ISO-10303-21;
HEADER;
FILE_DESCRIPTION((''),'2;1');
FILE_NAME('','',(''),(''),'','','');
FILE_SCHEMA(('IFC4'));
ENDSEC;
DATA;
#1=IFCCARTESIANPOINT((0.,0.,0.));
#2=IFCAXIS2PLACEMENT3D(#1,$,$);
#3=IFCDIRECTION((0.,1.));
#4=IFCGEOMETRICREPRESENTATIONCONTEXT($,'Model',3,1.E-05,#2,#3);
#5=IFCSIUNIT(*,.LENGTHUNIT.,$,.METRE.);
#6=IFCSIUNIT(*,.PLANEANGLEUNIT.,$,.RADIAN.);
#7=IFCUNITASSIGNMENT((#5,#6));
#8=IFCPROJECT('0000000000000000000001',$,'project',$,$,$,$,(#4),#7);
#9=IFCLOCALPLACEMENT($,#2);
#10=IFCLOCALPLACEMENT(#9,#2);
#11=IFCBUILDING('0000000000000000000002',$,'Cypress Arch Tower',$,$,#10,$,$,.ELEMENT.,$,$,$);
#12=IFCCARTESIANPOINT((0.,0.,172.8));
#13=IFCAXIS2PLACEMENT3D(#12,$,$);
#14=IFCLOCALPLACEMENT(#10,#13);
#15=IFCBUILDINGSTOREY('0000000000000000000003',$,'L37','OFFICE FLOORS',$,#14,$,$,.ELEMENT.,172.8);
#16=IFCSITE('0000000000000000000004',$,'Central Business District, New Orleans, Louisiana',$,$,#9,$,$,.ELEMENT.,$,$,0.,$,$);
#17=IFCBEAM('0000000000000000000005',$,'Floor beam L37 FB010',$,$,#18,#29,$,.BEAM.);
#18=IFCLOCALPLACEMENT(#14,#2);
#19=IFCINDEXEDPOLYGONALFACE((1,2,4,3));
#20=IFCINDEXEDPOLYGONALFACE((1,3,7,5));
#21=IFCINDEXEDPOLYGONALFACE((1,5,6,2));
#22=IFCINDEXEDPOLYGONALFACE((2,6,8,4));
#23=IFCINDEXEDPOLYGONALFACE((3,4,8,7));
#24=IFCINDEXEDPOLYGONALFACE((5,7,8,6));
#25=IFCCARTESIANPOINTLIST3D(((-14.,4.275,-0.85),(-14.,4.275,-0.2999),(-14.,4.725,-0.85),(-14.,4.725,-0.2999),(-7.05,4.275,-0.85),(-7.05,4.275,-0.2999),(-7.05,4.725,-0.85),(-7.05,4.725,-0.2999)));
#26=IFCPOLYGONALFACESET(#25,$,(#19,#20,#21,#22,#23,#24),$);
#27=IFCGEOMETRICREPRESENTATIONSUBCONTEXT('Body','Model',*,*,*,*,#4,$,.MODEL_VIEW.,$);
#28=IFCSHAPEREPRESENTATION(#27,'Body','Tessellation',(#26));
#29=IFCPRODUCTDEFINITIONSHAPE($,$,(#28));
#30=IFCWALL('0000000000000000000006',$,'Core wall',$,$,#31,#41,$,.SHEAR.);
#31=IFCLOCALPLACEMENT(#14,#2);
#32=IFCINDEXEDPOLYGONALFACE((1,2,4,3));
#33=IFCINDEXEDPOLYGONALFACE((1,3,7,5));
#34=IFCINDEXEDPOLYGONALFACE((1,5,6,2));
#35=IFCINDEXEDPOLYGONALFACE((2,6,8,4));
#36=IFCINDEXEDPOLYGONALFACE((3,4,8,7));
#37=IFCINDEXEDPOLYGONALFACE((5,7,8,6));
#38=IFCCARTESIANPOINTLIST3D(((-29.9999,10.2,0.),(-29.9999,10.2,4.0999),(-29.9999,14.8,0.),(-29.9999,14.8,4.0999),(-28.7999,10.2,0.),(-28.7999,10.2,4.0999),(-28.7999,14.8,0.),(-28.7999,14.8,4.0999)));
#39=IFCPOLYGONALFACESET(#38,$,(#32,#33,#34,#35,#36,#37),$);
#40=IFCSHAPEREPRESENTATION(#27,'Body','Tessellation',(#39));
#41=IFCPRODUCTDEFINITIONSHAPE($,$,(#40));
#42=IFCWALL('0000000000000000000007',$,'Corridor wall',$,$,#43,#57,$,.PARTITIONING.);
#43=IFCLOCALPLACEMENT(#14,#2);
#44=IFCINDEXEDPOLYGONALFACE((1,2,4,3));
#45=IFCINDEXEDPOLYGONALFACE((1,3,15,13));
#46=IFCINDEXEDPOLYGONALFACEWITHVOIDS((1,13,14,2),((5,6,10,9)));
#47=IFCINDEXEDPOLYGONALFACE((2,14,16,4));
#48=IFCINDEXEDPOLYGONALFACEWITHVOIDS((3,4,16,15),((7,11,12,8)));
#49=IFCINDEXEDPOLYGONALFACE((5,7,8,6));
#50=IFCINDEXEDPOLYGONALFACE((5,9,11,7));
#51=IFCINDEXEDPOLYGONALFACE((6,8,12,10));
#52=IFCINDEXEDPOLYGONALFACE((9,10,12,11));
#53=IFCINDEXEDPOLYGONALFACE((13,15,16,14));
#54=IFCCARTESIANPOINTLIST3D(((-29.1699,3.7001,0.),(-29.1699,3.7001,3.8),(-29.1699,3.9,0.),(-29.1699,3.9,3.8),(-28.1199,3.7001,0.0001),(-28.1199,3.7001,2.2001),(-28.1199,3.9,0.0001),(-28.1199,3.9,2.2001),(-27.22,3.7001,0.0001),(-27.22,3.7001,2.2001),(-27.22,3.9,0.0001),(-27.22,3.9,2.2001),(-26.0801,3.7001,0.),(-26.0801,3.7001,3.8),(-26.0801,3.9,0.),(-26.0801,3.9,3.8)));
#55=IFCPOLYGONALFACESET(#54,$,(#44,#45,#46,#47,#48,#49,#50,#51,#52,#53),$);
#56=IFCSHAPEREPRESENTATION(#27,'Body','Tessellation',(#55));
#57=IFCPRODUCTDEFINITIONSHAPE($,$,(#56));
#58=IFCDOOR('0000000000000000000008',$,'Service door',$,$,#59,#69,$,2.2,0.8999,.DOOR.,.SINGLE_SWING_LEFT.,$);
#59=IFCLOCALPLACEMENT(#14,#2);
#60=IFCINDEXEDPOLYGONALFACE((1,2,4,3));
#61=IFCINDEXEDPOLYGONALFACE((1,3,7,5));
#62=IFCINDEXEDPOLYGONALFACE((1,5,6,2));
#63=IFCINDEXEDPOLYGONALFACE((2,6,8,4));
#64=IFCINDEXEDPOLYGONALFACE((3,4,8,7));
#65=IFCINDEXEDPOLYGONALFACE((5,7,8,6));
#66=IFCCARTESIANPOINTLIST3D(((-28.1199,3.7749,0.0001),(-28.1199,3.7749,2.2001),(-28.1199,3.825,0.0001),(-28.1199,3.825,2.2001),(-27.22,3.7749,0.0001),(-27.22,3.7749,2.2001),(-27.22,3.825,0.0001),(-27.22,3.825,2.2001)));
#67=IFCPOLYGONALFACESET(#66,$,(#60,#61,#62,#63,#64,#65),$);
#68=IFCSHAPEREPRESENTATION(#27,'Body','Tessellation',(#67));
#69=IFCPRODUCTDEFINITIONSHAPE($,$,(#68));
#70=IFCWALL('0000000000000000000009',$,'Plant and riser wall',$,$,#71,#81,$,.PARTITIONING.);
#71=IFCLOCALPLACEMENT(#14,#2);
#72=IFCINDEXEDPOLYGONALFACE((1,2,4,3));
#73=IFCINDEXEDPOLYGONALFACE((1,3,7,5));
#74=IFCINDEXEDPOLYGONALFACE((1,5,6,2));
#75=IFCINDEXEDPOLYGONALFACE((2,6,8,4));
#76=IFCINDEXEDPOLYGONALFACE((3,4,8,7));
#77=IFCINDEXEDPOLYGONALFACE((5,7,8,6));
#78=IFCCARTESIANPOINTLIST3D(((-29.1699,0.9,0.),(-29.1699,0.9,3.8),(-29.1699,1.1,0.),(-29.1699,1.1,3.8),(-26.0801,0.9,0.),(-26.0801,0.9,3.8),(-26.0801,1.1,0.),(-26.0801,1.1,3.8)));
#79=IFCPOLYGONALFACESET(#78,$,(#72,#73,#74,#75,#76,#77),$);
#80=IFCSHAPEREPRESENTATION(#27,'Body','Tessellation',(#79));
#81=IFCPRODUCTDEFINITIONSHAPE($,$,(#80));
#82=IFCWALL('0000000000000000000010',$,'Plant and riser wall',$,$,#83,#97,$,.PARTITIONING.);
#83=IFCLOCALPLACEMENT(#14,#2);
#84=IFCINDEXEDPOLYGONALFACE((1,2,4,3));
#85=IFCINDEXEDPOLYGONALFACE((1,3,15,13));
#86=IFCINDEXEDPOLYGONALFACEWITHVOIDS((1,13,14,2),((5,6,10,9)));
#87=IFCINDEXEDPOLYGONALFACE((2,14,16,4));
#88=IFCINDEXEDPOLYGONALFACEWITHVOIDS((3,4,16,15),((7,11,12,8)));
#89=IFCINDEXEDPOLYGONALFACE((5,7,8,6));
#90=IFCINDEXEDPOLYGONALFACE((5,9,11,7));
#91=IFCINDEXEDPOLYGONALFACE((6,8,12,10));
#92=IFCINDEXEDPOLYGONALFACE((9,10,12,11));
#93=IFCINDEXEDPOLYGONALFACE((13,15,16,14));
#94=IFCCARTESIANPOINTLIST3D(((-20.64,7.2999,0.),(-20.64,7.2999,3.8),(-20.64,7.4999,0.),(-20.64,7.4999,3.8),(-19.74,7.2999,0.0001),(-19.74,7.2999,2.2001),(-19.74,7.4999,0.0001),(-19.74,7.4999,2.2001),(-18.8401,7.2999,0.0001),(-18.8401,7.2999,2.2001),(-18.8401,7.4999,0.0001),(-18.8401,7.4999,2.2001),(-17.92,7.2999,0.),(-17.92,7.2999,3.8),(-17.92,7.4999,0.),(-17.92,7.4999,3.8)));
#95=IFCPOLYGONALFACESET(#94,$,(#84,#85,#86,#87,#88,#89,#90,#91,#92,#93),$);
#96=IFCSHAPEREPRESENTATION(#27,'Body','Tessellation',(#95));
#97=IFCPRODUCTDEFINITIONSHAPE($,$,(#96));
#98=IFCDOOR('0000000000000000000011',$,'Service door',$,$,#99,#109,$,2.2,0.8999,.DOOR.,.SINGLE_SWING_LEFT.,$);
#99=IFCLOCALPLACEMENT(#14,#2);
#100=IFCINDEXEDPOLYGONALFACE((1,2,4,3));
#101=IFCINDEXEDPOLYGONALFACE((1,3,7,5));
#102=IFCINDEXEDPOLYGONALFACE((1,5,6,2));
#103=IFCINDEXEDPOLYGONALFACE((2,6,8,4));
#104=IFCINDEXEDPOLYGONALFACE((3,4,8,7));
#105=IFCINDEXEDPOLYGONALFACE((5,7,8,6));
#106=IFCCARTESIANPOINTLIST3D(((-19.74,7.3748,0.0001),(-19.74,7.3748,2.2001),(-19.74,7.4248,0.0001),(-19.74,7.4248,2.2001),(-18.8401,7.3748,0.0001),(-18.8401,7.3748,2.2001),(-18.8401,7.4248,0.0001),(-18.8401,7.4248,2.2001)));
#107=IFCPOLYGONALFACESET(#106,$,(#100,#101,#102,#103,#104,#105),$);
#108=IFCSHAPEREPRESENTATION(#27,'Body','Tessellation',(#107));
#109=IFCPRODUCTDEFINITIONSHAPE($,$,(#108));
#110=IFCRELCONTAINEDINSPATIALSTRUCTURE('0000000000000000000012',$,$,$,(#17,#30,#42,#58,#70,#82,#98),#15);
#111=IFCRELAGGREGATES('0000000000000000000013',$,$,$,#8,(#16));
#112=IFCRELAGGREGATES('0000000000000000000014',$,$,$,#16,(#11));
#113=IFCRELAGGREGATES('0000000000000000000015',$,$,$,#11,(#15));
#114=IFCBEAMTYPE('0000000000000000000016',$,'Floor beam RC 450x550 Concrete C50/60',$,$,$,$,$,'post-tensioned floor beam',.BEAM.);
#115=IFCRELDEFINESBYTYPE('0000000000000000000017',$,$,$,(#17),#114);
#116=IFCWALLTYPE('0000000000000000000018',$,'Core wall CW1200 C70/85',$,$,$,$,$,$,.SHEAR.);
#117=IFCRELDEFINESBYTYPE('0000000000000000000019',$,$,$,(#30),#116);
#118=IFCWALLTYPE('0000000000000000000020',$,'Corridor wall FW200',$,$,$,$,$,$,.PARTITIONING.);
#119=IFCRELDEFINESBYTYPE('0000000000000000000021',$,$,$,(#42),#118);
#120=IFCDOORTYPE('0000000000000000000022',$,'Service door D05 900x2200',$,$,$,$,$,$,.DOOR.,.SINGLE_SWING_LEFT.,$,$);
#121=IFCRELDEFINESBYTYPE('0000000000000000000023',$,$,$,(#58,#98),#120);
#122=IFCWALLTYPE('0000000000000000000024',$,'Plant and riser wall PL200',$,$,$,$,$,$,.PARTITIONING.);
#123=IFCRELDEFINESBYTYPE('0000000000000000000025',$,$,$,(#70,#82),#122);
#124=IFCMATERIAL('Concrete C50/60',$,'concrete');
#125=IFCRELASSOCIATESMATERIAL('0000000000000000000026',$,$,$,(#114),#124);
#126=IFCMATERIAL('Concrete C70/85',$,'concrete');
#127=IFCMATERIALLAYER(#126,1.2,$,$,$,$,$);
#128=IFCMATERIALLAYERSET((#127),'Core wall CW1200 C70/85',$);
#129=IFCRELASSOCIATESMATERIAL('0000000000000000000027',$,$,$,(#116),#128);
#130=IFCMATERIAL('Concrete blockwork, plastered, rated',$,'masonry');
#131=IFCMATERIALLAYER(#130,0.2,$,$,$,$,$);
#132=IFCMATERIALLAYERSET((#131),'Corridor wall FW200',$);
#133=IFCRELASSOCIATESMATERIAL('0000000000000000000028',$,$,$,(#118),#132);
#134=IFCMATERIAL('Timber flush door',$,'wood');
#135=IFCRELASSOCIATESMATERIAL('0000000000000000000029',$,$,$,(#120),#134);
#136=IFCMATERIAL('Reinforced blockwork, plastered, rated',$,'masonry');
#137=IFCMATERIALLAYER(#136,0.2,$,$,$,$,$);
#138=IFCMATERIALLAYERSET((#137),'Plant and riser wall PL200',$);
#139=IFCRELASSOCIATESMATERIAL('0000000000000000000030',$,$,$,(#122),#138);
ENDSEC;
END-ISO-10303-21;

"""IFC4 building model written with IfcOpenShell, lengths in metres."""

from ifc_helpers import new_model, si_unit, direction, frame, frame_2d, origin, origin_2d, place, context, subcontext, project, spatial, rectangle, extrude, material, layer, layer_set, material_profile, profile_set, type_object, element, fill, save


model = new_model("IFC4")

# Units and contexts
model_context = context("Model", 3, precision=1e-05, world=origin(), true_north=direction((0.0, 1.0)))
body_context = subcontext(model_context, "Body", "Model", "MODEL_VIEW")
ifc_project = project(units=[si_unit("LENGTHUNIT", "METRE"), si_unit("PLANEANGLEUNIT", "RADIAN")], contexts=[model_context])

# Site, building, storey
site_placement = place(None, origin())
site = spatial("IfcSite", under=ifc_project, at=site_placement, Name="Central Business District, New Orleans, Louisiana", CompositionType="ELEMENT", RefElevation=0.0)
building_placement = place(site_placement, origin())
building = spatial("IfcBuilding", under=site, at=building_placement, Name="Cypress Arch Tower", CompositionType="ELEMENT")
storey_placement = place(building_placement, frame((0.0, 0.0, 172.8)))
storey = spatial("IfcBuildingStorey", under=building, at=storey_placement, Name="L37", Description="OFFICE FLOORS", CompositionType="ELEMENT", Elevation=172.8)

# Beam
ifc_material_1 = material(Name="Concrete C50/60", Category="concrete")
ifc_material_profile = material_profile(ifc_material_1, rectangle(XDim=0.45, YDim=0.55, at=origin_2d()), Name="RC 450x550")
ifc_profile_set = profile_set([ifc_material_profile], Name="Concrete C50/60")
beam_type = type_object("IfcBeamType", Name="Floor beam RC 450x550 Concrete C50/60", ElementType="post-tensioned floor beam", PredefinedType="BEAM", material=ifc_profile_set)
beam_placement = place(storey_placement, frame((-14.0, 4.5, -0.575), z_axis=(1.0, 0.0, 0.0), x_axis=(0.0, 1.0, 0.0)))
element("IfcBeam", 1, at=beam_placement, inside=storey, type_object=beam_type, Name="Floor beam L37 FB010", PredefinedType="BEAM", context=body_context, shape_type="SweptSolid", body=[
    extrude(rectangle(XDim=0.45, YDim=0.55, at=origin_2d()), origin(), (0.0, 0.0, 1.0), 6.95),
])

# Wall
ifc_material_2 = material(Name="Concrete C70/85", Category="concrete")
ifc_layer_1 = layer(ifc_material_2, 1.2)
ifc_layer_set_1 = layer_set([ifc_layer_1], Name="Core wall CW1200 C70/85")
wall_type_1 = type_object("IfcWallType", Name="Core wall CW1200 C70/85", PredefinedType="SHEAR", material=ifc_layer_set_1)
wall_1_placement = place(storey_placement, frame((-29.3999, 10.2, 0.0), z_axis=(0.0, 0.0, 1.0), x_axis=(0.0, 1.0, 0.0)))
element("IfcWall", 2, at=wall_1_placement, inside=storey, type_object=wall_type_1, Name="Core wall", PredefinedType="SHEAR", context=body_context, shape_type="SweptSolid", body=[
    extrude(rectangle(XDim=4.6001, YDim=1.2, at=frame_2d((2.3, 0.0))), origin(), (0.0, 0.0, 1.0), 4.0999),
])

# Wall, opening, door
ifc_material_3 = material(Name="Concrete blockwork, plastered, rated", Category="masonry")
ifc_layer_2 = layer(ifc_material_3, 0.2)
ifc_layer_set_2 = layer_set([ifc_layer_2], Name="Corridor wall FW200")
wall_type_2 = type_object("IfcWallType", Name="Corridor wall FW200", PredefinedType="PARTITIONING", material=ifc_layer_set_2)
wall_2_placement = place(storey_placement, frame((-29.1699, 3.8, 0.0), z_axis=(0.0, 0.0, 1.0), x_axis=(1.0, 0.0, 0.0)))
wall_2 = element("IfcWall", 3, at=wall_2_placement, inside=storey, type_object=wall_type_2, Name="Corridor wall", PredefinedType="PARTITIONING", context=body_context, shape_type="SweptSolid", body=[
    extrude(rectangle(XDim=3.0898, YDim=0.2, at=frame_2d((1.5449, 0.0))), origin(), (0.0, 0.0, 1.0), 3.8),
])
opening_1_placement = place(wall_2_placement, frame((1.05, 0.0, 0.0)))
opening_1 = element("IfcOpeningElement", 4, at=opening_1_placement, cuts=wall_2, PredefinedType="OPENING", context=body_context, shape_type="SweptSolid", body=[
    extrude(rectangle(XDim=0.8999, YDim=2.2, at=frame_2d((0.45, 1.1001))), frame((0.0, 0.1099, 0.0), z_axis=(0.0, -1.0, 0.0), x_axis=(1.0, 0.0, 0.0)), (0.0, 0.0, 1.0), 0.22),
])
ifc_material_4 = material(Name="Timber flush door", Category="wood")
door_type_1 = type_object("IfcDoorType", Name="Service door D05 900x2200", OperationType="SINGLE_SWING_LEFT", PredefinedType="DOOR", material=ifc_material_4)
door_1_placement = place(opening_1_placement, origin())
door_1 = element("IfcDoor", 5, at=door_1_placement, inside=storey, type_object=door_type_1, Name="Service door", OperationType="SINGLE_SWING_LEFT", OverallHeight=2.2, OverallWidth=0.8999, PredefinedType="DOOR", context=body_context, shape_type="SweptSolid", body=[
    extrude(rectangle(XDim=0.8999, YDim=2.2, at=frame_2d((0.45, 1.1001))), frame((0.0, 0.0249, 0.0), z_axis=(0.0, -1.0, 0.0), x_axis=(1.0, 0.0, 0.0)), (0.0, 0.0, 1.0), 0.05),
])
fill(opening_1, door_1)

# Wall
ifc_material_5 = material(Name="Reinforced blockwork, plastered, rated", Category="masonry")
ifc_layer_3 = layer(ifc_material_5, 0.2)
ifc_layer_set_3 = layer_set([ifc_layer_3], Name="Plant and riser wall PL200")
wall_type_3 = type_object("IfcWallType", Name="Plant and riser wall PL200", PredefinedType="PARTITIONING", material=ifc_layer_set_3)
wall_3_placement = place(storey_placement, frame((-29.1699, 1.0, 0.0), z_axis=(0.0, 0.0, 1.0), x_axis=(1.0, 0.0, 0.0)))
element("IfcWall", 6, at=wall_3_placement, inside=storey, type_object=wall_type_3, Name="Plant and riser wall", PredefinedType="PARTITIONING", context=body_context, shape_type="SweptSolid", body=[
    extrude(rectangle(XDim=3.0898, YDim=0.2, at=frame_2d((1.5449, 0.0))), origin(), (0.0, 0.0, 1.0), 3.8),
])

# Wall, opening, door
wall_4_placement = place(storey_placement, frame((-20.6399, 7.3999, 0.0), z_axis=(0.0, 0.0, 1.0), x_axis=(1.0, 0.0, 0.0)))
wall_4 = element("IfcWall", 7, at=wall_4_placement, inside=storey, type_object=wall_type_3, Name="Plant and riser wall", PredefinedType="PARTITIONING", context=body_context, shape_type="SweptSolid", body=[
    extrude(rectangle(XDim=2.72, YDim=0.2, at=frame_2d((1.3599, 0.0))), origin(), (0.0, 0.0, 1.0), 3.8),
])
opening_2_placement = place(wall_4_placement, frame((0.8999, 0.0, 0.0)))
opening_2 = element("IfcOpeningElement", 8, at=opening_2_placement, cuts=wall_4, PredefinedType="OPENING", context=body_context, shape_type="SweptSolid", body=[
    extrude(rectangle(XDim=0.8999, YDim=2.2, at=frame_2d((0.45, 1.1001))), frame((0.0, 0.1099, 0.0), z_axis=(0.0, -1.0, 0.0), x_axis=(1.0, 0.0, 0.0)), (0.0, 0.0, 1.0), 0.22),
])
door_2_placement = place(opening_2_placement, origin())
door_2 = element("IfcDoor", 9, at=door_2_placement, inside=storey, type_object=door_type_1, Name="Service door", OperationType="SINGLE_SWING_LEFT", OverallHeight=2.2, OverallWidth=0.8999, PredefinedType="DOOR", context=body_context, shape_type="SweptSolid", body=[
    extrude(rectangle(XDim=0.8999, YDim=2.2, at=frame_2d((0.45, 1.1001))), frame((0.0, 0.0249, 0.0), z_axis=(0.0, -1.0, 0.0), x_axis=(1.0, 0.0, 0.0)), (0.0, 0.0, 1.0), 0.05),
])
fill(opening_2, door_2)

save(model, "model.ifc")
